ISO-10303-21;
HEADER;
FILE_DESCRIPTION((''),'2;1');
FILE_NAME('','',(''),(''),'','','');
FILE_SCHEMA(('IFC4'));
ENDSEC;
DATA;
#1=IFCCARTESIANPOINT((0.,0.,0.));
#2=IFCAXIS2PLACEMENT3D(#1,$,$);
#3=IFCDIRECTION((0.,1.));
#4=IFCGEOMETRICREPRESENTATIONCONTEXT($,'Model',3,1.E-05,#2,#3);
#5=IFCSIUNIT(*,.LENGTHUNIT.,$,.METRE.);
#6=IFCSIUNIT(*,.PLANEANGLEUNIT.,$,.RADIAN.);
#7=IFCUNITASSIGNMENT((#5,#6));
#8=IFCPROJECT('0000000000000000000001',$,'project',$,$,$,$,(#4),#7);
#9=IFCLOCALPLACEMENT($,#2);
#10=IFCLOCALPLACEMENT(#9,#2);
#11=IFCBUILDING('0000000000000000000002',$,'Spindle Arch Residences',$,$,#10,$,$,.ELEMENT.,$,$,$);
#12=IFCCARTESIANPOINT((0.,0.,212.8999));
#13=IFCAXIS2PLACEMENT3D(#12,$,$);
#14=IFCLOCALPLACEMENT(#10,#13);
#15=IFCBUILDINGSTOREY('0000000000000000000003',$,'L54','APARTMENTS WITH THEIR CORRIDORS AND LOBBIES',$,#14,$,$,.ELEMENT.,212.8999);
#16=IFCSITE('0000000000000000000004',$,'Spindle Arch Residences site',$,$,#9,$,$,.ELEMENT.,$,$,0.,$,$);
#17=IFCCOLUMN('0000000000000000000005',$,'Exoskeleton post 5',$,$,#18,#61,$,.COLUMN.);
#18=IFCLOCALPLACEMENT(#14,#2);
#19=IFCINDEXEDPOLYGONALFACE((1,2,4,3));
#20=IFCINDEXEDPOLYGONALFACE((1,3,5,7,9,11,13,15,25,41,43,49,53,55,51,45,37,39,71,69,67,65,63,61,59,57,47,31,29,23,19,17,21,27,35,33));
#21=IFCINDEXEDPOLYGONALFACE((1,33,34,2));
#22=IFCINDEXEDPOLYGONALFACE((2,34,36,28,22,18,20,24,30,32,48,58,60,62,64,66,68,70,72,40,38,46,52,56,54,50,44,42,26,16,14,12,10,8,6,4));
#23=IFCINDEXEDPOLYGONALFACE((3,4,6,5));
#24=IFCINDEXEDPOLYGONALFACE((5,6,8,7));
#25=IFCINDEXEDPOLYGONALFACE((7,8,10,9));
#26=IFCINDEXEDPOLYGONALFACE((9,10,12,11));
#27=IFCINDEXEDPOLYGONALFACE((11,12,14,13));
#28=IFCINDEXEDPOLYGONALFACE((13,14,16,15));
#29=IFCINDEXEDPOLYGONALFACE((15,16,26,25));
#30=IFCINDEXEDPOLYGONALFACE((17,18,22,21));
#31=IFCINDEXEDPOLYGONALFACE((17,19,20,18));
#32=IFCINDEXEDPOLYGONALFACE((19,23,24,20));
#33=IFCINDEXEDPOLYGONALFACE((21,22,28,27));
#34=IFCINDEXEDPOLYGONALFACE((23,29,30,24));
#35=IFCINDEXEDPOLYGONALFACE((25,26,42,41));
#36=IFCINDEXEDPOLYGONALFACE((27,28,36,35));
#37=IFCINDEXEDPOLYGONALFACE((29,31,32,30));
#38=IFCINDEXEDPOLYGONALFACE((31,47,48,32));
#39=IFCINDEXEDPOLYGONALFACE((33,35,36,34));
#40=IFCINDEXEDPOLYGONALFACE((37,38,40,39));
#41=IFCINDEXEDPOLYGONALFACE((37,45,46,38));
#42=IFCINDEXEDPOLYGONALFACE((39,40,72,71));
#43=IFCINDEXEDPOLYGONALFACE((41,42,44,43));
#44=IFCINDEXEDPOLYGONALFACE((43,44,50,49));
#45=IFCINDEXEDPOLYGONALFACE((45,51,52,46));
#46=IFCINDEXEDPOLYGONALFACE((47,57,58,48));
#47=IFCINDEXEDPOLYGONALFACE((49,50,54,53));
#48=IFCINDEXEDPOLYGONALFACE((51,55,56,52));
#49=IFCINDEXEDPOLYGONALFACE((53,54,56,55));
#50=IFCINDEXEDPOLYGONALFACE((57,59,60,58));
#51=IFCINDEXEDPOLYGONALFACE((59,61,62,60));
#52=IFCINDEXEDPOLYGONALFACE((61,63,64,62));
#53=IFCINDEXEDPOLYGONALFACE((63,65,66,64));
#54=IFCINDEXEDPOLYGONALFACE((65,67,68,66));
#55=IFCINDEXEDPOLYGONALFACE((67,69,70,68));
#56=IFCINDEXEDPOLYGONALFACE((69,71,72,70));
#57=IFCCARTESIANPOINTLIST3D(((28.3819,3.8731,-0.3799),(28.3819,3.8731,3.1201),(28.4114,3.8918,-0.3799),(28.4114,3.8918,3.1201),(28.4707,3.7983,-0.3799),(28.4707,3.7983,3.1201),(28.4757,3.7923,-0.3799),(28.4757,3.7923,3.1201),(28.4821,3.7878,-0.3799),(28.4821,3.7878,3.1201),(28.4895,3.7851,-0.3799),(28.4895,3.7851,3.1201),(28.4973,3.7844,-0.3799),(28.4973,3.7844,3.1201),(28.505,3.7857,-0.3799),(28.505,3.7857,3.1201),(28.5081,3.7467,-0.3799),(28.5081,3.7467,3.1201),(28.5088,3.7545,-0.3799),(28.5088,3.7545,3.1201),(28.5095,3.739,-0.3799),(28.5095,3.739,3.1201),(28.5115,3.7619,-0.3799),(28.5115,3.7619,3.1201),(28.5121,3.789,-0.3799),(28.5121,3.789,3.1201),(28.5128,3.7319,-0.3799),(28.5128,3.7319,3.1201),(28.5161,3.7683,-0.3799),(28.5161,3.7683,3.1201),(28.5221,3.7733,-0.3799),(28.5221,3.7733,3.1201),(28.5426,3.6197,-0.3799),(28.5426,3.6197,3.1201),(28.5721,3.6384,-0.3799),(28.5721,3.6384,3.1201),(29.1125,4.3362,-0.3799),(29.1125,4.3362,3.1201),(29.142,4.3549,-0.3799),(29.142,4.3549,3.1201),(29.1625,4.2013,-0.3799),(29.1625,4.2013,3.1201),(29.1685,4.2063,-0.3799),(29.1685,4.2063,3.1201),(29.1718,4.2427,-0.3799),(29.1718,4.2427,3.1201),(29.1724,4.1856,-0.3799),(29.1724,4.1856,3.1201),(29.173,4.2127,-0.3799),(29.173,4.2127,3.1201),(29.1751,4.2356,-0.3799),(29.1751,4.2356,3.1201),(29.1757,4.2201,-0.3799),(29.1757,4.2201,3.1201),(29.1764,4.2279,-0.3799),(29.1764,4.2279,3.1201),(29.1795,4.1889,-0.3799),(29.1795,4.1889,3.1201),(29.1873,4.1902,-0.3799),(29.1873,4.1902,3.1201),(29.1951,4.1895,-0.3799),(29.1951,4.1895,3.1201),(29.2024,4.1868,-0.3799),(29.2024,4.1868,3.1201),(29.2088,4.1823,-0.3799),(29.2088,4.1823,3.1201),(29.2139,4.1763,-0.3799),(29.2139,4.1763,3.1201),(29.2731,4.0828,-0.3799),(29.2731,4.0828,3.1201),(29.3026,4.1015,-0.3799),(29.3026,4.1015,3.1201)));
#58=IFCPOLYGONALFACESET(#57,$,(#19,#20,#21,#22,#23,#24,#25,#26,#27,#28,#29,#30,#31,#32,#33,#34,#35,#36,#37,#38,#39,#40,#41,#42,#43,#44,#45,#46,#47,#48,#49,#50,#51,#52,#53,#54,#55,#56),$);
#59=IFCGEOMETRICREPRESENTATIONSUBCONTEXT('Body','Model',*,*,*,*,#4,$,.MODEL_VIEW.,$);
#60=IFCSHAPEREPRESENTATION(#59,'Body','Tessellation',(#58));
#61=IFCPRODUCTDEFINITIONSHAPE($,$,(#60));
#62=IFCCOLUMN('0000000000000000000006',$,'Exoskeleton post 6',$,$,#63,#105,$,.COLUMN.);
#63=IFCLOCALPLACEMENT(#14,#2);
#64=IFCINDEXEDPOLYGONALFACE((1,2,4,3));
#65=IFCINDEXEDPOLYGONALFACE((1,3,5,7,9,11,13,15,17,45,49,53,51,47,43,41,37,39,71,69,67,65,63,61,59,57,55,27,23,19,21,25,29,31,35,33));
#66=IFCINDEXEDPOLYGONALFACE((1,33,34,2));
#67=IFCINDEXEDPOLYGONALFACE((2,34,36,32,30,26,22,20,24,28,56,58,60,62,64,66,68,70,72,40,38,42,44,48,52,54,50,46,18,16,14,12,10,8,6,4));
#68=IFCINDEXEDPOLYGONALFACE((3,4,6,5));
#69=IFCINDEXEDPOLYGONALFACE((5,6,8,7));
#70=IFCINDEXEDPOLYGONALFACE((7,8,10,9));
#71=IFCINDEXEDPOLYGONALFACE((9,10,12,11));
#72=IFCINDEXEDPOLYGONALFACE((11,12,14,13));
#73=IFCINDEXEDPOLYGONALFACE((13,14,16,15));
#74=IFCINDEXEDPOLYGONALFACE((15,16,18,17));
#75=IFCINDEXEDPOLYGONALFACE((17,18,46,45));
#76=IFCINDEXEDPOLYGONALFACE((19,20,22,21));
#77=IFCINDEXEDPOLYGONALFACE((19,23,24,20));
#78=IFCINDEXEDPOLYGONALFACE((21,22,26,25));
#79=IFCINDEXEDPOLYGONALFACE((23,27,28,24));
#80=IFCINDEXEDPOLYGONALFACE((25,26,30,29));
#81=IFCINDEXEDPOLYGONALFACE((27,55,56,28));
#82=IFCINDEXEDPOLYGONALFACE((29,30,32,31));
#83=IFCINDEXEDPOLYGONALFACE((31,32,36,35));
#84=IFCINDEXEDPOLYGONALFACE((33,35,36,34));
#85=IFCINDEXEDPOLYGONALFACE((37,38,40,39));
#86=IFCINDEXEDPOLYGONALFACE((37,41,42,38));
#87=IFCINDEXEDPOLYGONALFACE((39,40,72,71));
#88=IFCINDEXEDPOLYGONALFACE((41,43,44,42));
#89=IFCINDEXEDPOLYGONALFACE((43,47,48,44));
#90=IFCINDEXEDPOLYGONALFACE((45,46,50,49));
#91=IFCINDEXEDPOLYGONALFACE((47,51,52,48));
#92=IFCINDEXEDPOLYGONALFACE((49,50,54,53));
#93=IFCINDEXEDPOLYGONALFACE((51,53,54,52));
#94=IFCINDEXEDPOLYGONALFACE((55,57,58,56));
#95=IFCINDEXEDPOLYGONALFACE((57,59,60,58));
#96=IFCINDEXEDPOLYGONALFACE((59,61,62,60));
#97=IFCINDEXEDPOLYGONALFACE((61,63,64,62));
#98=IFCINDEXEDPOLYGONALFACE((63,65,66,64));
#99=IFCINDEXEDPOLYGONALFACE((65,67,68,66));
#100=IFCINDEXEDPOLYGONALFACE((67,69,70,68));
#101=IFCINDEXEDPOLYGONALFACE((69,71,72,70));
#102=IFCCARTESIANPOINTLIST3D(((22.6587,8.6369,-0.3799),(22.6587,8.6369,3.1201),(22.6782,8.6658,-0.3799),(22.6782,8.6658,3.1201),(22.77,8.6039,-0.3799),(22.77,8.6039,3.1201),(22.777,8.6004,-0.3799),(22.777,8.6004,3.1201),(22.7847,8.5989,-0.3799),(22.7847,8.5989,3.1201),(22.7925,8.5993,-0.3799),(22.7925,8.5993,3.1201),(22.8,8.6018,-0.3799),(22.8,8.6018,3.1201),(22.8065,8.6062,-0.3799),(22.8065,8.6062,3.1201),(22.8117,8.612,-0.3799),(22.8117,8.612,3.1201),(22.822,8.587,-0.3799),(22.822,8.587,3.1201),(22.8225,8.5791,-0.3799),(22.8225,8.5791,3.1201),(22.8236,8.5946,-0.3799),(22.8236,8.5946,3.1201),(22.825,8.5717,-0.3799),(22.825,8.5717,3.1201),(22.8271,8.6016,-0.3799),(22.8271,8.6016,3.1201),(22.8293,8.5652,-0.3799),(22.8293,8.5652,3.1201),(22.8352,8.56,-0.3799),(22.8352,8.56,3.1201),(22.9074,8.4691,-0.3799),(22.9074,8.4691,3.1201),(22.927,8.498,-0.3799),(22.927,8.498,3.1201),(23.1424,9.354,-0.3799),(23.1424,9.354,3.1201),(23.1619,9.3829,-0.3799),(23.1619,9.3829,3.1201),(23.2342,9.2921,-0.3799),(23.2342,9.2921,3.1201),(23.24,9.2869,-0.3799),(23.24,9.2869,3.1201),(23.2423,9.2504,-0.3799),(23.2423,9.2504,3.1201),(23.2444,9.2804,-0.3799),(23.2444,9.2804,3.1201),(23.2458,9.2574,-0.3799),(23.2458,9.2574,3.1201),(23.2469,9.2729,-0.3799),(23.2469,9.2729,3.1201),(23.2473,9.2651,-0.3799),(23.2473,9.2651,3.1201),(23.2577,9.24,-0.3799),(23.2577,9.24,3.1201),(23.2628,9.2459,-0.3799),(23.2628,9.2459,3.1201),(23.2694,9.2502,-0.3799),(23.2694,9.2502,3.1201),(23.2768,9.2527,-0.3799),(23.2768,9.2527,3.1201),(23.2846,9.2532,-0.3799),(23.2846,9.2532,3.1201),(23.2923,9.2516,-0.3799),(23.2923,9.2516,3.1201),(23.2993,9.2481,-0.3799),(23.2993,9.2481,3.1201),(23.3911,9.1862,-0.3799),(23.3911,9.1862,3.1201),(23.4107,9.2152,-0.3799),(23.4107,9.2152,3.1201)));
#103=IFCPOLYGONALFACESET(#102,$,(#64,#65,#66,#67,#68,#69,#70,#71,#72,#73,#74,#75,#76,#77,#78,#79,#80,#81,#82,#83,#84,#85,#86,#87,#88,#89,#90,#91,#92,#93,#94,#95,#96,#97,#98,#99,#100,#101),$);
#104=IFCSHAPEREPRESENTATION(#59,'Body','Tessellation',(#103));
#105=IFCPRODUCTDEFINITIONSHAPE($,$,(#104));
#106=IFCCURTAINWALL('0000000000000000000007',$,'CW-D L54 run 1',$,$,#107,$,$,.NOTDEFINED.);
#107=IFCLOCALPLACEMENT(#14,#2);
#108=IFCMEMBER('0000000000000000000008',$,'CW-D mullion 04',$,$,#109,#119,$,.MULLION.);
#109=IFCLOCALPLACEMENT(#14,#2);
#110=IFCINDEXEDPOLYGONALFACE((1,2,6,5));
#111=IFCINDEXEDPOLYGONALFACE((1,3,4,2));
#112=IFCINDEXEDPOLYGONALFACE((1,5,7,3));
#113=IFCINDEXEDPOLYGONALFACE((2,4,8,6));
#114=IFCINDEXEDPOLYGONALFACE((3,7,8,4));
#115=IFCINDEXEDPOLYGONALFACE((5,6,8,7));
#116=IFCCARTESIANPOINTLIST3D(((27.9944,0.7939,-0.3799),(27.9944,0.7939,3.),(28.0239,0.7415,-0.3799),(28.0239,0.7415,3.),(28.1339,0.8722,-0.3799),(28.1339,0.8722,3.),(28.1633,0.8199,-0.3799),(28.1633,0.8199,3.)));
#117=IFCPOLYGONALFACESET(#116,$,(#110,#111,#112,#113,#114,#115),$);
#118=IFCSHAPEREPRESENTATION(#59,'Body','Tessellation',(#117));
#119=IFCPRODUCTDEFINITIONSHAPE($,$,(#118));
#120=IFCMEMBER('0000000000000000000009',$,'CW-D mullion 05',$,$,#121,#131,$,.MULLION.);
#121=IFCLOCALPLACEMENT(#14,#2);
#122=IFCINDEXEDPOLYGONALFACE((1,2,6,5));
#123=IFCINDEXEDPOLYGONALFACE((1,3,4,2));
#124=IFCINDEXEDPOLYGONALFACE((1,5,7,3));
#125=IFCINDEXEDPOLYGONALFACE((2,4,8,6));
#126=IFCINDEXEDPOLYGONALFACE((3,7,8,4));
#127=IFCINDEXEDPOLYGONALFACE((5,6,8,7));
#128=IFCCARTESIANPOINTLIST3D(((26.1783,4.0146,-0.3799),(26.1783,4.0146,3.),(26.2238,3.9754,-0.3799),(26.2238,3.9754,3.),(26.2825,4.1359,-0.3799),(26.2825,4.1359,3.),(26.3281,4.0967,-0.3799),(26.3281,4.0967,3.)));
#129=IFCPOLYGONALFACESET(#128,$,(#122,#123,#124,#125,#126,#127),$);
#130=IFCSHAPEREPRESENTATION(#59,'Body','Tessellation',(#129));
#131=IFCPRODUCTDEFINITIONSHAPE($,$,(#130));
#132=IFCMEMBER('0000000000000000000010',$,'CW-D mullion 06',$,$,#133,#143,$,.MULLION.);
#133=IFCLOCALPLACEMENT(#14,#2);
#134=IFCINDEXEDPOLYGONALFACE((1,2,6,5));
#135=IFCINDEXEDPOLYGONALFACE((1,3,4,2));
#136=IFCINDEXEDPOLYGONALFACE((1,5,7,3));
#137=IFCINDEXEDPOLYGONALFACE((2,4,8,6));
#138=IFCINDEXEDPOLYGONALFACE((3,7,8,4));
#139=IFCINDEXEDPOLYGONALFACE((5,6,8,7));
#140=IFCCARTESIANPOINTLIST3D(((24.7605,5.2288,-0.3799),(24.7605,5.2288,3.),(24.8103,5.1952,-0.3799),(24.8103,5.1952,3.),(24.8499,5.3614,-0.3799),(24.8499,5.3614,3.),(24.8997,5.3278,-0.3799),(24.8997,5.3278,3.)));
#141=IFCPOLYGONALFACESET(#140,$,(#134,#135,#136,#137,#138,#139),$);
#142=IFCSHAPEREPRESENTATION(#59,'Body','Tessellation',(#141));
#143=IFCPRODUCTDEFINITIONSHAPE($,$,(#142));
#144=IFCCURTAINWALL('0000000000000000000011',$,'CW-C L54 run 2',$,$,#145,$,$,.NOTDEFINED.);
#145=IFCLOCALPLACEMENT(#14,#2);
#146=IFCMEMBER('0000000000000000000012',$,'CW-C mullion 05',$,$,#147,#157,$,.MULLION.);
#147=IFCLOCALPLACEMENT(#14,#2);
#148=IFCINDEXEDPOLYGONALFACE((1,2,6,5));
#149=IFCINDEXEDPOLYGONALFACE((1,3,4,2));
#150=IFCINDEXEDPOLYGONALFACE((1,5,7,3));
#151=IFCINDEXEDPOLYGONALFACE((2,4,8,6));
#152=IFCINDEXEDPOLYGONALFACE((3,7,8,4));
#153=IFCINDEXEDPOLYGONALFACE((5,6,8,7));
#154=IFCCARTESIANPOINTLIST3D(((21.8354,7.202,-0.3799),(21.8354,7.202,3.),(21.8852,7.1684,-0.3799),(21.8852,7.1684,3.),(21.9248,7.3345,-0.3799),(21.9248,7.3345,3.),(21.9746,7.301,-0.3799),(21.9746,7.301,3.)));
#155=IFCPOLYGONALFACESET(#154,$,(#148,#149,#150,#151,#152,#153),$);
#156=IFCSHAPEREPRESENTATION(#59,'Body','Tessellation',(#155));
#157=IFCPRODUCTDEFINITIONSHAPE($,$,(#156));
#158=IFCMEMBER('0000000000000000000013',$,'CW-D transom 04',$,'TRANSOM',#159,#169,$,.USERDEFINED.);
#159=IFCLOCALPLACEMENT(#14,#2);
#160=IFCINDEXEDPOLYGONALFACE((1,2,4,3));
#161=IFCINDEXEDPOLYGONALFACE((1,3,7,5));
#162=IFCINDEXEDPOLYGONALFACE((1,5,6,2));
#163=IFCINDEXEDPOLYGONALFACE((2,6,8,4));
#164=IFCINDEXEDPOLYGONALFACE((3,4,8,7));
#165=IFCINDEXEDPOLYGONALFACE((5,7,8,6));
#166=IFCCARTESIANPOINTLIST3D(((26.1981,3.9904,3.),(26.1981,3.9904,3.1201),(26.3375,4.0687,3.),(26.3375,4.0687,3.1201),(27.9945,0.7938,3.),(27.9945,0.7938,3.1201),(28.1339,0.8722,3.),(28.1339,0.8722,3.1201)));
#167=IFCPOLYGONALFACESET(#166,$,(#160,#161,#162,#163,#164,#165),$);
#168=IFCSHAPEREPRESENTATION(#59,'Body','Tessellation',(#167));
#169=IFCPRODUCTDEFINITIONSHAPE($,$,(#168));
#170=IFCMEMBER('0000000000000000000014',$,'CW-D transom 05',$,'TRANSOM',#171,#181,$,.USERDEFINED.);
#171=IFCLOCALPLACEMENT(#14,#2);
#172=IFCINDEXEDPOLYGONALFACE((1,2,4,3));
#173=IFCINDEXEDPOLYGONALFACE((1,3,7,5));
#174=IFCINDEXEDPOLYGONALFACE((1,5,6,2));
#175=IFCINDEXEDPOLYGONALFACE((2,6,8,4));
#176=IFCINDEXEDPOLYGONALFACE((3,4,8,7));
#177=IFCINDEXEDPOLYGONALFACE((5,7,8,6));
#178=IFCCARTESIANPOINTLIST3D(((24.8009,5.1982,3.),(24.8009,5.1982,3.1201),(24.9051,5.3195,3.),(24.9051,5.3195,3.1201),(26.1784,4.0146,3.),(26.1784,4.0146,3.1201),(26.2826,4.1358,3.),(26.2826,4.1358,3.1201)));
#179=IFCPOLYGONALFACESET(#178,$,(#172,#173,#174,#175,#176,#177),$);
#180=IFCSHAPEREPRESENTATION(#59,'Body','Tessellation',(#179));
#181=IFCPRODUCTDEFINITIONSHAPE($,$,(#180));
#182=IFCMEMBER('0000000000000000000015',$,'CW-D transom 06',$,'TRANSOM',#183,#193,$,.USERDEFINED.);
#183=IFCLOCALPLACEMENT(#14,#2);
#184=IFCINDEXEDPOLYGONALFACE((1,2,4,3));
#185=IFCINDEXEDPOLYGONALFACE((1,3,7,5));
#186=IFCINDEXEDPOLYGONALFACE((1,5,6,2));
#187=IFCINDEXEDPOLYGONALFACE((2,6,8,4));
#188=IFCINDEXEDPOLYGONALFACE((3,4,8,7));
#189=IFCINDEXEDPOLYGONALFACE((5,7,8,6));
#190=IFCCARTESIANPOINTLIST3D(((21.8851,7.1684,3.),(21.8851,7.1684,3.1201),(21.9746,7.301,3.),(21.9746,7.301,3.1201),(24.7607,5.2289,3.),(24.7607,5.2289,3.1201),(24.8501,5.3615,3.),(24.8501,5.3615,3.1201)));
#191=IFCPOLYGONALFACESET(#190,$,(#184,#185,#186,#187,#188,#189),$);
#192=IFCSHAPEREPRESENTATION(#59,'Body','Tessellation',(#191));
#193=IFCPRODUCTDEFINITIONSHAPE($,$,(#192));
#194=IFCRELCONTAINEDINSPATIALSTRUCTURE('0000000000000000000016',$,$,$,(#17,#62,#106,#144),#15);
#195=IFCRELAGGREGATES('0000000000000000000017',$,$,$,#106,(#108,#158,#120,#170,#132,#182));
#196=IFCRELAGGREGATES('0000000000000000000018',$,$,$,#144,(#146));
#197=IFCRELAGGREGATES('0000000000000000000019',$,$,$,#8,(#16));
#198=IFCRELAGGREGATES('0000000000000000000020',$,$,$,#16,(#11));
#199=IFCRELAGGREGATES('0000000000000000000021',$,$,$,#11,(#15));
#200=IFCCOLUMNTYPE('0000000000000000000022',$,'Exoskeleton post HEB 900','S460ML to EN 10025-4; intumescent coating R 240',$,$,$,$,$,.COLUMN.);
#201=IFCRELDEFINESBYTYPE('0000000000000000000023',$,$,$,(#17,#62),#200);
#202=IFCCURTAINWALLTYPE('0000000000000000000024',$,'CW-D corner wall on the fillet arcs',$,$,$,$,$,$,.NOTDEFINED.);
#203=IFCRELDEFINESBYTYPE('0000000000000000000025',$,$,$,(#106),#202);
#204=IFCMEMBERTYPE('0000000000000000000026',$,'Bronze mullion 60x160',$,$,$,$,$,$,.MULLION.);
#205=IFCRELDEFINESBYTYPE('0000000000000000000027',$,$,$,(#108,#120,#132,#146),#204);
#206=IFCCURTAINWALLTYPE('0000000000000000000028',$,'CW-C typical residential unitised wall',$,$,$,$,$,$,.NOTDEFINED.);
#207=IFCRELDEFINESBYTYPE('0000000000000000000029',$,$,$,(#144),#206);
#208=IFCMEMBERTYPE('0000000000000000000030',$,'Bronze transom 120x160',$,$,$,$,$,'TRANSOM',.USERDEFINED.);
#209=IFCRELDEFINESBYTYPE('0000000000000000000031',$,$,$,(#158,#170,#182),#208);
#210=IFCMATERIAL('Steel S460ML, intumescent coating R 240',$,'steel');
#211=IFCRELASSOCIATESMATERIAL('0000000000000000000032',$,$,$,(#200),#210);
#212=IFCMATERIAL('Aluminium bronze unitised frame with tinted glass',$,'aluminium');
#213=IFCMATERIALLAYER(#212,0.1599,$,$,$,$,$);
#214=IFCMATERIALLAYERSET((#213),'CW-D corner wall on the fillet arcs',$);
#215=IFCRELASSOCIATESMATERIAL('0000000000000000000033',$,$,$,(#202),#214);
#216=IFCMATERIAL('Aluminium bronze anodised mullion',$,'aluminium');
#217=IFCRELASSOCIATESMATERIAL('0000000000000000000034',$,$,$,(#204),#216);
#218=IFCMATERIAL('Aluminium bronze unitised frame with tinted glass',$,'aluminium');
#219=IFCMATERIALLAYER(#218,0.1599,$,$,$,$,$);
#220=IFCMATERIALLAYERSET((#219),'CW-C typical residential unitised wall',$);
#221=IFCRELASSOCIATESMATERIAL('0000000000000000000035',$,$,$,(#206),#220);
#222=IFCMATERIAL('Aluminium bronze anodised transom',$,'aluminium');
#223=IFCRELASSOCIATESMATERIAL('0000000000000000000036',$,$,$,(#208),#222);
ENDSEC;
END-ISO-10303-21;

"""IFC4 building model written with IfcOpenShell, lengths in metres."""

from ifc_helpers import new_model, si_unit, direction, frame, origin, origin_2d, place, context, subcontext, project, spatial, rectangle, i_section, extrude, material, layer, layer_set, material_profile, profile_set, type_object, element, aggregate, save


model = new_model("IFC4")

# Units and contexts
model_context = context("Model", 3, precision=1e-05, world=origin(), true_north=direction((0.0, 1.0)))
body_context = subcontext(model_context, "Body", "Model", "MODEL_VIEW")
ifc_project = project(units=[si_unit("LENGTHUNIT", "METRE"), si_unit("PLANEANGLEUNIT", "RADIAN")], contexts=[model_context])

# Site, building, storey
site_placement = place(None, origin())
site = spatial("IfcSite", under=ifc_project, at=site_placement, Name="Spindle Arch Residences site", CompositionType="ELEMENT", RefElevation=0.0)
building_placement = place(site_placement, origin())
building = spatial("IfcBuilding", under=site, at=building_placement, Name="Spindle Arch Residences", CompositionType="ELEMENT")
storey_placement = place(building_placement, frame((0.0, 0.0, 212.8999)))
storey = spatial("IfcBuildingStorey", under=building, at=storey_placement, Name="L54", Description="APARTMENTS WITH THEIR CORRIDORS AND LOBBIES", CompositionType="ELEMENT", Elevation=212.8999)

# Columns
ifc_material_1 = material(Name="Steel S460ML, intumescent coating R 240", Category="steel")
ifc_material_profile_1 = material_profile(ifc_material_1, i_section(OverallWidth=0.3, OverallDepth=0.8999, WebThickness=0.0186, FlangeThickness=0.0349, FilletRadius=0.03, at=origin_2d()), Name="HEB 900")
ifc_profile_set_1 = profile_set([ifc_material_profile_1], Name="Steel S460ML, intumescent coating R 240")
column_type = type_object("IfcColumnType", Name="Exoskeleton post HEB 900", Description="S460ML to EN 10025-4; intumescent coating R 240", PredefinedType="COLUMN", material=ifc_profile_set_1)
for number, where, z_axis, x_axis, name in (
    (1, (28.8423, 3.9873, -0.3799), (0.0, 0.0, 1.0), (0.5354, -0.844598, 0.0), "Exoskeleton post 5"),
    (2, (23.0347, 8.926, -0.3799), (0.0, 0.0, 1.0), (0.829038, -0.559193, 0.0), "Exoskeleton post 6"),
):
    element("IfcColumn", number, at=place(storey_placement, frame(where, z_axis=z_axis, x_axis=x_axis)), inside=storey, type_object=column_type, Name=name, PredefinedType="COLUMN", context=body_context, shape_type="SweptSolid", body=[
        extrude(i_section(OverallWidth=0.3, OverallDepth=0.8999, WebThickness=0.0186, FlangeThickness=0.0349, FilletRadius=0.03, at=origin_2d()), origin(), (0.0, 0.0, 1.0), 3.5),
    ])

# Curtain wall, members
ifc_material_2 = material(Name="Aluminium bronze unitised frame with tinted glass", Category="aluminium")
ifc_layer_1 = layer(ifc_material_2, 0.1599)
ifc_layer_set_1 = layer_set([ifc_layer_1], Name="CW-D corner wall on the fillet arcs")
curtain_wall_type_1 = type_object("IfcCurtainWallType", Name="CW-D corner wall on the fillet arcs", PredefinedType="NOTDEFINED", material=ifc_layer_set_1)
curtain_wall_1_placement = place(storey_placement, origin())
curtain_wall_1 = element("IfcCurtainWall", 3, at=curtain_wall_1_placement, inside=storey, type_object=curtain_wall_type_1, Name="CW-D L54 run 1", PredefinedType="NOTDEFINED")
ifc_material_3 = material(Name="Aluminium bronze anodised mullion", Category="aluminium")
ifc_material_profile_2 = material_profile(ifc_material_3, rectangle(XDim=0.1599, YDim=0.0601, at=origin_2d()), Name="MU 60x160")
ifc_profile_set_2 = profile_set([ifc_material_profile_2], Name="Aluminium bronze anodised mullion")
member_type_1 = type_object("IfcMemberType", Name="Bronze mullion 60x160", PredefinedType="MULLION", material=ifc_profile_set_2)
member_1_placement = place(storey_placement, frame((28.0789, 0.8069, -0.3799), z_axis=(0.0, 0.0, 1.0), x_axis=(-0.871784, -0.48989, 0.0)))
member_1 = element("IfcMember", 4, at=member_1_placement, type_object=member_type_1, Name="CW-D mullion 04", PredefinedType="MULLION", context=body_context, shape_type="SweptSolid", body=[
    extrude(rectangle(XDim=0.1599, YDim=0.0601, at=origin_2d()), origin(), (0.0, 0.0, 1.0), 3.3799),
])
member_2_placement = place(storey_placement, frame((26.2532, 4.0557, -0.3799), z_axis=(0.0, 0.0, 1.0), x_axis=(-0.651657, -0.758514, 0.0)))
member_2 = element("IfcMember", 5, at=member_2_placement, type_object=member_type_1, Name="CW-D mullion 05", PredefinedType="MULLION", context=body_context, shape_type="SweptSolid", body=[
    extrude(rectangle(XDim=0.1599, YDim=0.0601, at=origin_2d()), origin(), (0.0, 0.0, 1.0), 3.3799),
])
member_3_placement = place(storey_placement, frame((24.8301, 5.2783, -0.3799), z_axis=(0.0, 0.0, 1.0), x_axis=(-0.559193, -0.829038, 0.0)))
member_3 = element("IfcMember", 6, at=member_3_placement, type_object=member_type_1, Name="CW-D mullion 06", PredefinedType="MULLION", context=body_context, shape_type="SweptSolid", body=[
    extrude(rectangle(XDim=0.1599, YDim=0.0601, at=origin_2d()), origin(), (0.0, 0.0, 1.0), 3.3799),
])

# Curtain wall, member
ifc_material_4 = material(Name="Aluminium bronze unitised frame with tinted glass", Category="aluminium")
ifc_layer_2 = layer(ifc_material_4, 0.1599)
ifc_layer_set_2 = layer_set([ifc_layer_2], Name="CW-C typical residential unitised wall")
curtain_wall_type_2 = type_object("IfcCurtainWallType", Name="CW-C typical residential unitised wall", PredefinedType="NOTDEFINED", material=ifc_layer_set_2)
curtain_wall_2_placement = place(storey_placement, origin())
curtain_wall_2 = element("IfcCurtainWall", 7, at=curtain_wall_2_placement, inside=storey, type_object=curtain_wall_type_2, Name="CW-C L54 run 2", PredefinedType="NOTDEFINED")
member_4_placement = place(storey_placement, frame((21.905, 7.2515, -0.3799), z_axis=(0.0, 0.0, 1.0), x_axis=(-0.559193, -0.829038, 0.0)))
member_4 = element("IfcMember", 8, at=member_4_placement, type_object=member_type_1, Name="CW-C mullion 05", PredefinedType="MULLION", context=body_context, shape_type="SweptSolid", body=[
    extrude(rectangle(XDim=0.1599, YDim=0.0601, at=origin_2d()), origin(), (0.0, 0.0, 1.0), 3.3799),
])

# Members
ifc_material_5 = material(Name="Aluminium bronze anodised transom", Category="aluminium")
ifc_material_profile_3 = material_profile(ifc_material_5, rectangle(XDim=0.1599, YDim=0.1201, at=origin_2d()), Name="TR 120x160")
ifc_profile_set_3 = profile_set([ifc_material_profile_3], Name="Aluminium bronze anodised transom")
member_type_2 = type_object("IfcMemberType", Name="Bronze transom 120x160", ElementType="TRANSOM", PredefinedType="USERDEFINED", material=ifc_profile_set_3)
member_5_placement = place(storey_placement, frame((28.0642, 0.833, 3.0601), z_axis=(-0.489917, 0.871769, 0.0), x_axis=(-0.871769, -0.489917, 0.0)))
member_5 = element("IfcMember", 9, at=member_5_placement, type_object=member_type_2, Name="CW-D transom 04", ObjectType="TRANSOM", PredefinedType="USERDEFINED", context=body_context, shape_type="SweptSolid", body=[
    extrude(rectangle(XDim=0.1599, YDim=0.1201, at=origin_2d()), origin(), (0.0, 0.0, 1.0), 3.6667),
])
member_6_placement = place(storey_placement, frame((26.2305, 4.0752, 3.0601), z_axis=(-0.758459, 0.651721, 0.0), x_axis=(-0.651721, -0.758459, 0.0)))
member_6 = element("IfcMember", 10, at=member_6_placement, type_object=member_type_2, Name="CW-D transom 05", ObjectType="TRANSOM", PredefinedType="USERDEFINED", context=body_context, shape_type="SweptSolid", body=[
    extrude(rectangle(XDim=0.1599, YDim=0.1201, at=origin_2d()), origin(), (0.0, 0.0, 1.0), 1.8162),
])
member_7_placement = place(storey_placement, frame((24.8054, 5.2952, 3.0601), z_axis=(-0.829049, 0.559175, 0.0), x_axis=(-0.559175, -0.829049, 0.0)))
member_7 = element("IfcMember", 11, at=member_7_placement, type_object=member_type_2, Name="CW-D transom 06", ObjectType="TRANSOM", PredefinedType="USERDEFINED", context=body_context, shape_type="SweptSolid", body=[
    extrude(rectangle(XDim=0.1599, YDim=0.1201, at=origin_2d()), origin(), (0.0, 0.0, 1.0), 3.4685),
])

aggregate(curtain_wall_1, [member_1, member_5, member_2, member_6, member_3, member_7])
aggregate(curtain_wall_2, [member_4])

save(model, "model.ifc")
